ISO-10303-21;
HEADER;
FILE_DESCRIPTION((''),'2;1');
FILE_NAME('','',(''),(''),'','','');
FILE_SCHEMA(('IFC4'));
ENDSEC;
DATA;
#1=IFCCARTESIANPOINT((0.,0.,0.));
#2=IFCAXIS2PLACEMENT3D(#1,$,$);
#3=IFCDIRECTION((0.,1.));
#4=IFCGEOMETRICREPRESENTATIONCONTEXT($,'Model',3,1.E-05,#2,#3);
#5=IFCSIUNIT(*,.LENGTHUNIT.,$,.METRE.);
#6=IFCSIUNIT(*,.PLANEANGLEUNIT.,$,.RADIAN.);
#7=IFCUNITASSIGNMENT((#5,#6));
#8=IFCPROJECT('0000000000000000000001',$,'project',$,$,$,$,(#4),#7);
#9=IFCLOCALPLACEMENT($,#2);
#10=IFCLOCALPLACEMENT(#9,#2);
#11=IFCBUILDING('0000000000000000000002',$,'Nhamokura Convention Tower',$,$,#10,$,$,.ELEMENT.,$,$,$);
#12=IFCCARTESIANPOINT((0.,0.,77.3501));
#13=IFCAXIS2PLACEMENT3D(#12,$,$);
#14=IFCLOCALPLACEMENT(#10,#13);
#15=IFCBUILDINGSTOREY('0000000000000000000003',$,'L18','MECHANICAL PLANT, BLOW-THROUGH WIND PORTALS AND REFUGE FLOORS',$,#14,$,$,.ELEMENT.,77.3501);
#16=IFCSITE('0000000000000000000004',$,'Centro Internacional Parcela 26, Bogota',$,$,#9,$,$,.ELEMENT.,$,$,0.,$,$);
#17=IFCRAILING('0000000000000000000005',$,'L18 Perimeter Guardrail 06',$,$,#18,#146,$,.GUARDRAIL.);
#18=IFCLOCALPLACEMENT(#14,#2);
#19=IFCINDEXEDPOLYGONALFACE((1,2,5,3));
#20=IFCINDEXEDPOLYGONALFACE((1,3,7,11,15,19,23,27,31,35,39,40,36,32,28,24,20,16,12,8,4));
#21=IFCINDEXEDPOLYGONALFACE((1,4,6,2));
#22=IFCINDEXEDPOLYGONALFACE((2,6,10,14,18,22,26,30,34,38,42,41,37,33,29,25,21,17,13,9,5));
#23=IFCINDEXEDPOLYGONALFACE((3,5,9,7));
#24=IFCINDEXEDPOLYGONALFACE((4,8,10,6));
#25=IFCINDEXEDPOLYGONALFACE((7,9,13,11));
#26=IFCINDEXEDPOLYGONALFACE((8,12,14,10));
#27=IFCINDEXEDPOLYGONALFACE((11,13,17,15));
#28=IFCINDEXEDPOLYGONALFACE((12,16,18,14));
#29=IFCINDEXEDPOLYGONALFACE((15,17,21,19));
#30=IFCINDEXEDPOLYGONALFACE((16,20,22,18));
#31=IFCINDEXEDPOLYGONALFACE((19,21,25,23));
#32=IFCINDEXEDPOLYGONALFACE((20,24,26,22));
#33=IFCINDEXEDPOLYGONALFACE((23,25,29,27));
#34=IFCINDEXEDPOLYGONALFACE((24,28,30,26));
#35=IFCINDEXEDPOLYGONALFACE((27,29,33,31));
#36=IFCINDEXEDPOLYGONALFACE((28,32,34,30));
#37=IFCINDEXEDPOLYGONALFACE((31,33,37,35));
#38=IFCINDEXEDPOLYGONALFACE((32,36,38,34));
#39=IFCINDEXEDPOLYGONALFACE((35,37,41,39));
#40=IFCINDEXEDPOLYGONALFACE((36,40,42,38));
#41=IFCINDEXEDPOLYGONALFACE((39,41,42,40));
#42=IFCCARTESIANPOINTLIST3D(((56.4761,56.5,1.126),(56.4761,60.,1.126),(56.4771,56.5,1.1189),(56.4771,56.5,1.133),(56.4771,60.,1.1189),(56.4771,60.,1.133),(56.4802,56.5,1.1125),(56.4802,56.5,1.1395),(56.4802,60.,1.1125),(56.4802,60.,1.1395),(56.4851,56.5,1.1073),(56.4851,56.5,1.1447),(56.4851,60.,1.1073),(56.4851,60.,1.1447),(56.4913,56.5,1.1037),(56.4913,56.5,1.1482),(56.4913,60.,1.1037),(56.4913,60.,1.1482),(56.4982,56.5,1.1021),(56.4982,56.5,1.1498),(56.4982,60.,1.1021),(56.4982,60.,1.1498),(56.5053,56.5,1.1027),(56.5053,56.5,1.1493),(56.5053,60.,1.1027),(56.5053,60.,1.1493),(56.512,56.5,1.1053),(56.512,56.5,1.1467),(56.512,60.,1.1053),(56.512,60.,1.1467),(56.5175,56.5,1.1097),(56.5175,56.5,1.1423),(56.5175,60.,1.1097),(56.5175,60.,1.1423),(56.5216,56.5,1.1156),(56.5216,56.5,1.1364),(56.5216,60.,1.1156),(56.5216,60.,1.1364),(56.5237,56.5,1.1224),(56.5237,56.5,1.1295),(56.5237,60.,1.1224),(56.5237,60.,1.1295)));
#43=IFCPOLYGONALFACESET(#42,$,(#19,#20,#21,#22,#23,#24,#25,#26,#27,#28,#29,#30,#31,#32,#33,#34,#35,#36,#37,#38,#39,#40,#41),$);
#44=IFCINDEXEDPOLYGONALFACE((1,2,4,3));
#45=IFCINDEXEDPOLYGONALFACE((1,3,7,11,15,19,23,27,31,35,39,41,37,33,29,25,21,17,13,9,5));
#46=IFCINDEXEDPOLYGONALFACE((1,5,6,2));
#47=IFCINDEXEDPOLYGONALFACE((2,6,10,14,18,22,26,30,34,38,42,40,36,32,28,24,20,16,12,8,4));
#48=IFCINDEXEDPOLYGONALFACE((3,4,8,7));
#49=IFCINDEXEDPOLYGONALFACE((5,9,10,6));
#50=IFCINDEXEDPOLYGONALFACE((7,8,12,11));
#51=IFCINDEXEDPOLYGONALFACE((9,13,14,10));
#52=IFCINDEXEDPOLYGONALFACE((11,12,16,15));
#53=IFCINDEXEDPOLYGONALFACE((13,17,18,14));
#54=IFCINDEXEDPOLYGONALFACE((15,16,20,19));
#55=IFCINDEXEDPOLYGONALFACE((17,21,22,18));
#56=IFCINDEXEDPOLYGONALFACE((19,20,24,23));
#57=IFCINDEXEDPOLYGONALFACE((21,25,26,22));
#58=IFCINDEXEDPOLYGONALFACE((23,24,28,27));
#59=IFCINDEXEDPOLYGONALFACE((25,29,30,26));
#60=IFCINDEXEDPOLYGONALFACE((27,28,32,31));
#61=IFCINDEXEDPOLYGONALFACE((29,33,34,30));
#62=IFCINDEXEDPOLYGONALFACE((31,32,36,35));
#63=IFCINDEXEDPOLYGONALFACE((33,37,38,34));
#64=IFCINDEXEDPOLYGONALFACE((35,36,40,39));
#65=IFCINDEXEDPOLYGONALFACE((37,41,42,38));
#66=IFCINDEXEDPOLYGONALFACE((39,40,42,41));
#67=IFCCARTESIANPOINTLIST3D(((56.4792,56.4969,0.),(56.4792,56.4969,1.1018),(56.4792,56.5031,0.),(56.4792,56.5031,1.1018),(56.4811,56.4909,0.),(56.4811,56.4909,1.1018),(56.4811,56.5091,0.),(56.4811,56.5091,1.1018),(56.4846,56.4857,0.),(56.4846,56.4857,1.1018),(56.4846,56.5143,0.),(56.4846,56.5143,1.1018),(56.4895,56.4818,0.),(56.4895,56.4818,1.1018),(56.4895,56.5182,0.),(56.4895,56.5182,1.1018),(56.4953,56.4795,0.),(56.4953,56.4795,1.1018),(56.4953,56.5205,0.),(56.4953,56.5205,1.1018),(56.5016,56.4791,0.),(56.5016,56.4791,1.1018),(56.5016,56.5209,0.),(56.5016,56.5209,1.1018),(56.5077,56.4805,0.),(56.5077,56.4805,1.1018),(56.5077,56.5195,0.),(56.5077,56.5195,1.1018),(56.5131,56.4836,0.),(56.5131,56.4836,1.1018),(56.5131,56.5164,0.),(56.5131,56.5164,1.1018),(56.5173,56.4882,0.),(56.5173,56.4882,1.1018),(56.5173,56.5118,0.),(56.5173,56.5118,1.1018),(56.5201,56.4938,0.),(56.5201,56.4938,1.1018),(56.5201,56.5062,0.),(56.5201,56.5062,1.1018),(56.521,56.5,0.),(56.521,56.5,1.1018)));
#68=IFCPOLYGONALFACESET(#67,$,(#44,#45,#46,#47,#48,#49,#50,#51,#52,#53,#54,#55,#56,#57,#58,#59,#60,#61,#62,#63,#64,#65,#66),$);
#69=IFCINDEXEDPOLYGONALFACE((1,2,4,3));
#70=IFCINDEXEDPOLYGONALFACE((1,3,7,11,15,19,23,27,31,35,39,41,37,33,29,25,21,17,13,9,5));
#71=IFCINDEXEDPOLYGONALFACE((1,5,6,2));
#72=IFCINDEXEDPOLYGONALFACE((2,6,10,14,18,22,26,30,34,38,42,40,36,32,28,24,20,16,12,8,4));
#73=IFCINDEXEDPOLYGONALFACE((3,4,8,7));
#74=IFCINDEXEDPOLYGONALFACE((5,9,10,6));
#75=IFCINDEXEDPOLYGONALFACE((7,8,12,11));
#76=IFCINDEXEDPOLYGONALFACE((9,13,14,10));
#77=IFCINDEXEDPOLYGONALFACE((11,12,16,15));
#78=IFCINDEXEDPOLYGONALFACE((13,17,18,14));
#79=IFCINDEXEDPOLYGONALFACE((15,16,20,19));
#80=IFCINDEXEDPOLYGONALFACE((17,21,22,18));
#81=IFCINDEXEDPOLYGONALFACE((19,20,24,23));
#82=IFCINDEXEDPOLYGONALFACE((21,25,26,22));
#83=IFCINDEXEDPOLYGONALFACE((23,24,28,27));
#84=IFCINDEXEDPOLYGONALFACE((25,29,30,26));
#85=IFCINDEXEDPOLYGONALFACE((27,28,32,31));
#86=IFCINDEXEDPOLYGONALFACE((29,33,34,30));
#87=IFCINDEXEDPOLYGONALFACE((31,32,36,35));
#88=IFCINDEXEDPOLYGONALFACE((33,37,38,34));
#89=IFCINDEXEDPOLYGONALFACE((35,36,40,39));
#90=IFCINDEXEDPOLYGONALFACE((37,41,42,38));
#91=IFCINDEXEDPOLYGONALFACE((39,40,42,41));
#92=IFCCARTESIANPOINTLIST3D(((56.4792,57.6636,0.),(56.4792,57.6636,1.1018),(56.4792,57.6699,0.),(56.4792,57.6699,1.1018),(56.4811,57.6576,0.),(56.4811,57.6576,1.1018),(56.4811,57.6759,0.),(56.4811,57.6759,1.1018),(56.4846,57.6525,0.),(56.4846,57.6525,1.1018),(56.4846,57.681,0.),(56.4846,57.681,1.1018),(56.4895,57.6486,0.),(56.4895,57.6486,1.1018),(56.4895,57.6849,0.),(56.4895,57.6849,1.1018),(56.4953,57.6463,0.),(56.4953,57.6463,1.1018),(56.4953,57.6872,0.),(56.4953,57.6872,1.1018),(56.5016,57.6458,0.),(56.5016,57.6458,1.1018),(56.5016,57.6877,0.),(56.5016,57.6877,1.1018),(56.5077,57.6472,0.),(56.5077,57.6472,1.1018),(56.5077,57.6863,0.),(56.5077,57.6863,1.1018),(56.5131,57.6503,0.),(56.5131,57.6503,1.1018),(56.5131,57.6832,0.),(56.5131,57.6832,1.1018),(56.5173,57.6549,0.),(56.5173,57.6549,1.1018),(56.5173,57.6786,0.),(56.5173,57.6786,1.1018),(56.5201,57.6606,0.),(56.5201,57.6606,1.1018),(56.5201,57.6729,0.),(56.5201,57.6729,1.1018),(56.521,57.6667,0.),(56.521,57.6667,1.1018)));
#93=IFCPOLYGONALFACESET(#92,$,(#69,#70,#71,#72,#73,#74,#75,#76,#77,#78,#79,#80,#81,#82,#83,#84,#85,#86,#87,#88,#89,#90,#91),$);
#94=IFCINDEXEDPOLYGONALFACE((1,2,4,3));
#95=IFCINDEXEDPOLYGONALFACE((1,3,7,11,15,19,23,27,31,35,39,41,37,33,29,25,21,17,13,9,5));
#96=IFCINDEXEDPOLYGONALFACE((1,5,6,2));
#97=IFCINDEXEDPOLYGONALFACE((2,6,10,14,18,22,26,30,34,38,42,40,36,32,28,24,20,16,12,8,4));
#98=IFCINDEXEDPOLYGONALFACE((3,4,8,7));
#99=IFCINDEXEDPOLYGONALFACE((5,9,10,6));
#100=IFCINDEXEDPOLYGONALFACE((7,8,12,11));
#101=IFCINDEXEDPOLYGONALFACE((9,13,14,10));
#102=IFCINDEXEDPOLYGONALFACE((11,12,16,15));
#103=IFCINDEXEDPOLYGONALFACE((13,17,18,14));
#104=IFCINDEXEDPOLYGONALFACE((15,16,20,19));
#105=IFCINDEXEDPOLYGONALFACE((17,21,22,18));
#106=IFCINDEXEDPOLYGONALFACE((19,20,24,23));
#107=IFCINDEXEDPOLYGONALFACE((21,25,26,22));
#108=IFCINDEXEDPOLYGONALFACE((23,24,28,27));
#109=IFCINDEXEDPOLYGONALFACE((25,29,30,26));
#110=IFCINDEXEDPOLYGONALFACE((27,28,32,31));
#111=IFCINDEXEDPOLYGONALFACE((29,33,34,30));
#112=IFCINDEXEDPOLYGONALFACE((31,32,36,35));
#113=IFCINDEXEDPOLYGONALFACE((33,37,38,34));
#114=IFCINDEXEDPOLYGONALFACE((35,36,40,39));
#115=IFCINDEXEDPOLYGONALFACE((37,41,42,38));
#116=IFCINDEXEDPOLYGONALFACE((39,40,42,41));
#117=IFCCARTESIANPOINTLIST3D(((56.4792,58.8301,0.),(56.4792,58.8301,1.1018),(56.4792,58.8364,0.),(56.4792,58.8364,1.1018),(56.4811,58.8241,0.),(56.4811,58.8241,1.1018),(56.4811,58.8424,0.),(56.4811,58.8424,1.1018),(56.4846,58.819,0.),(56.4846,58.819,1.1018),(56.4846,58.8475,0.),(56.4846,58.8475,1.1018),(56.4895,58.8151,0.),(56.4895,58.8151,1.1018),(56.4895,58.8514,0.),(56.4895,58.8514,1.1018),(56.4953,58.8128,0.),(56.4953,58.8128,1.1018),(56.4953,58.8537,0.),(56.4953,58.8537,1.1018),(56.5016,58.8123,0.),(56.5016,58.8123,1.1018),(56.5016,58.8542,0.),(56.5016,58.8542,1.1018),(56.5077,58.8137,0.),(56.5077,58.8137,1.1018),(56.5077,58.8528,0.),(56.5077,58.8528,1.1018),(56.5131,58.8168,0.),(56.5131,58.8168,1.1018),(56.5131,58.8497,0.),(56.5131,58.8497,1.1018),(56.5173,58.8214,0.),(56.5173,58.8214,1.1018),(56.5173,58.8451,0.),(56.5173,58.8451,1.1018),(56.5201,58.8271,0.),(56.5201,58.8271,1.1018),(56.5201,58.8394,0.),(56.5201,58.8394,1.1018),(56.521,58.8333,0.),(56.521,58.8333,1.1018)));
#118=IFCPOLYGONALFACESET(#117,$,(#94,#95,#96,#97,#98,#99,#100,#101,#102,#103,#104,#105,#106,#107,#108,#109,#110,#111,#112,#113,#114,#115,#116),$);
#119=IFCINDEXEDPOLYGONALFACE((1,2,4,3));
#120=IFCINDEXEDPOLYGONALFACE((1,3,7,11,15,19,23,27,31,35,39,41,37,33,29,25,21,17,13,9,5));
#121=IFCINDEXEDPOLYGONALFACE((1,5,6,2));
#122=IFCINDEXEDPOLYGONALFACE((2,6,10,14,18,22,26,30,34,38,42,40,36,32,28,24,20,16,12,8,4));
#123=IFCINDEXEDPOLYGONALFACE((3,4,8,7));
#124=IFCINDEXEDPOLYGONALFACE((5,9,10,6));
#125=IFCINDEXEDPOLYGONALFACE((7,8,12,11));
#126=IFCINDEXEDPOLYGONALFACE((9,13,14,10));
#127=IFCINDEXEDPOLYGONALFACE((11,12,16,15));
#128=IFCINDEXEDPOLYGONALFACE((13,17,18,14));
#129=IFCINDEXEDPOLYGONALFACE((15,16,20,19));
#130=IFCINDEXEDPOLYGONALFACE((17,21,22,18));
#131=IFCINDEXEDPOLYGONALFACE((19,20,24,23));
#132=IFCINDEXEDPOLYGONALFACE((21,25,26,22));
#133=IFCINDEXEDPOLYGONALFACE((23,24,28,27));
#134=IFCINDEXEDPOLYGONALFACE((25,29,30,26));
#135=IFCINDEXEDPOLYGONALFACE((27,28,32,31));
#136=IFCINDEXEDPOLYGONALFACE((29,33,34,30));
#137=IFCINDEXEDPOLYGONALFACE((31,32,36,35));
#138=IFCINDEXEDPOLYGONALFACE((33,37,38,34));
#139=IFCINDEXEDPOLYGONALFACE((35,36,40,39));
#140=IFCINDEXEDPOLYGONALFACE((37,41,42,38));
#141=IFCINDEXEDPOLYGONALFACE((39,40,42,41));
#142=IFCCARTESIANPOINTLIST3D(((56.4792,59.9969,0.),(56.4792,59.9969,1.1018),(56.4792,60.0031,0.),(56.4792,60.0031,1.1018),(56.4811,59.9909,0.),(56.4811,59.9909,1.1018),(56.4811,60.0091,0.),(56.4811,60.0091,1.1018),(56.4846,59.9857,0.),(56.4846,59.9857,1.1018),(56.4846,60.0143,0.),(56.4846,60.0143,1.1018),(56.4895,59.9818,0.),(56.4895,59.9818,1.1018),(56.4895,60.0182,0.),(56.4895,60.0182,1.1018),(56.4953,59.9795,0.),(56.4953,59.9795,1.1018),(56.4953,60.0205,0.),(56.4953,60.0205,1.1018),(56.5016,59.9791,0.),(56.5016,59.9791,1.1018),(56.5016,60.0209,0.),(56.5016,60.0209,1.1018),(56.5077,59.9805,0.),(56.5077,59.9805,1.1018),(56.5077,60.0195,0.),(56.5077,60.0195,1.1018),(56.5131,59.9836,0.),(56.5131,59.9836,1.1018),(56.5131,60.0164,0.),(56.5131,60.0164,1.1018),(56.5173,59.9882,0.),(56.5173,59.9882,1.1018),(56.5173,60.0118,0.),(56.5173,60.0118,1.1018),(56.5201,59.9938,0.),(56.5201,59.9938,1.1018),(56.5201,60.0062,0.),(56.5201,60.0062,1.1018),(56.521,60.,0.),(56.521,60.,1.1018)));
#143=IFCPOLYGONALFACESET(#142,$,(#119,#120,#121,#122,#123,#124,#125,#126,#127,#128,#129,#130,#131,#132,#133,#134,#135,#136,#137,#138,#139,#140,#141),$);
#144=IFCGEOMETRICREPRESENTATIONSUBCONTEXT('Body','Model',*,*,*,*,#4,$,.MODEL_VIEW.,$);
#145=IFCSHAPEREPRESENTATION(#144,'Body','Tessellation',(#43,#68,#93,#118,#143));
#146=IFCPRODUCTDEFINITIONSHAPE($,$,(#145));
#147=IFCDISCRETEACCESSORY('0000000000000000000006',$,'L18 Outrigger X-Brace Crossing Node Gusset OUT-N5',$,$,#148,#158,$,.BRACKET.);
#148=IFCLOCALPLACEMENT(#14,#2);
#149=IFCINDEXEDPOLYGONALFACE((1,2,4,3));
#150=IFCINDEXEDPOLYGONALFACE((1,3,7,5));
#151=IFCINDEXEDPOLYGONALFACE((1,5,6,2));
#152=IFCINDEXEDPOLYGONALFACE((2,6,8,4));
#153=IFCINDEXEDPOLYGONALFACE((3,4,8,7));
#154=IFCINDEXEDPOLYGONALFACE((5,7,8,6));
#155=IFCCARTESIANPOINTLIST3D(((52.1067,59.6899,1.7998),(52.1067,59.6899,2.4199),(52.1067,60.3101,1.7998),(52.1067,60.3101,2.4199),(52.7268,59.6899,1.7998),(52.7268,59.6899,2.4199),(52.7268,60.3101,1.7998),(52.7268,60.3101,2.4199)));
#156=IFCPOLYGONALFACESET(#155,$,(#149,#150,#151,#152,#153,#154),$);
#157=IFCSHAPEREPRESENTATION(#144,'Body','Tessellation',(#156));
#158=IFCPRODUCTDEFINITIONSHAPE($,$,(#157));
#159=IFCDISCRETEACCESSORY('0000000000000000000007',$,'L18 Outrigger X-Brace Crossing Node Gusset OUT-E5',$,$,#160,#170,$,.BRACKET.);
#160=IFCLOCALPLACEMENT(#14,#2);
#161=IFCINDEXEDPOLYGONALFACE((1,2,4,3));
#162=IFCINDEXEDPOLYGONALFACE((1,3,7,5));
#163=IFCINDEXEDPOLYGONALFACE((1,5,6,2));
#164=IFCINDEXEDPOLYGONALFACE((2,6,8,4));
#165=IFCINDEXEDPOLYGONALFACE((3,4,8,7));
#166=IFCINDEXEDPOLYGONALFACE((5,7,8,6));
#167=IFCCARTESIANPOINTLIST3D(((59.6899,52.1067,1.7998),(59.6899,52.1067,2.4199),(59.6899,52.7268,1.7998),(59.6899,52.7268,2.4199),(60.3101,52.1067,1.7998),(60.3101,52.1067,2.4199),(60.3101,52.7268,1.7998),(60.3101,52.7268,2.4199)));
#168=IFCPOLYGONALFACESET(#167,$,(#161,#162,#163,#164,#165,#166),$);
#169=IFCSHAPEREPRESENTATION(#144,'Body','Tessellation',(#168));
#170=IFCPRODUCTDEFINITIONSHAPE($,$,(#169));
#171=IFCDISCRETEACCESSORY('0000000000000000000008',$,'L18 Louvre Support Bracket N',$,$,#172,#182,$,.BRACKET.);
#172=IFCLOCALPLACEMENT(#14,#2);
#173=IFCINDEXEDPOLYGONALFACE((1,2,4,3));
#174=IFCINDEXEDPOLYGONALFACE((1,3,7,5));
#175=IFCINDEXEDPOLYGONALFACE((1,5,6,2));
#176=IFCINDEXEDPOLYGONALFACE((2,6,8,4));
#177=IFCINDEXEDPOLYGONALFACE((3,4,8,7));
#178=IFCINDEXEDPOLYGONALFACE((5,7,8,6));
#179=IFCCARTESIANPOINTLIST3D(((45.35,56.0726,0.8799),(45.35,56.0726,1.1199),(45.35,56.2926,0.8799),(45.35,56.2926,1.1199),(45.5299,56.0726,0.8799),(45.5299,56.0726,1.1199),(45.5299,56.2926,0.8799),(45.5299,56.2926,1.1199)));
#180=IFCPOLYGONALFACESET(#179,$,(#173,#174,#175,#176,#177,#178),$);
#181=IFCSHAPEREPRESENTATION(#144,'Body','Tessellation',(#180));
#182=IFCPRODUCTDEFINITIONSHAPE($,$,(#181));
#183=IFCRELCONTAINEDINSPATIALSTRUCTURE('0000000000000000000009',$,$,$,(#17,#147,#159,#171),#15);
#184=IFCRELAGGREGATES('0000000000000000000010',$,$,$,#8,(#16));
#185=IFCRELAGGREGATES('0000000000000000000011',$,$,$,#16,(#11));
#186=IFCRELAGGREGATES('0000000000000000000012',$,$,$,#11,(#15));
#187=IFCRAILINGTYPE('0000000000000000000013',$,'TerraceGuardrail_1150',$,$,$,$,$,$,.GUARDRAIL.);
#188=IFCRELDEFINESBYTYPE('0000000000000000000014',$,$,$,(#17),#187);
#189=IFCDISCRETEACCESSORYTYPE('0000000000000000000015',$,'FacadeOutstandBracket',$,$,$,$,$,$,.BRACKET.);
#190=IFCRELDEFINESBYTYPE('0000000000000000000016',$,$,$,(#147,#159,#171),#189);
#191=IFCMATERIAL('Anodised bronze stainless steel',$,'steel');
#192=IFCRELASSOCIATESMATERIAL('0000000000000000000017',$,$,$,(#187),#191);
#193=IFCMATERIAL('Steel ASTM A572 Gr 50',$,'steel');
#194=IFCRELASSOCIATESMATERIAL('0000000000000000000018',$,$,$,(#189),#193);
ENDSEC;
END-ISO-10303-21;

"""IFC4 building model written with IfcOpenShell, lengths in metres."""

from ifc_helpers import new_model, si_unit, direction, frame, origin, origin_2d, place, context, subcontext, project, spatial, rectangle, circle, extrude, material, type_object, element, save


model = new_model("IFC4")

# Units and contexts
model_context = context("Model", 3, precision=1e-05, world=origin(), true_north=direction((0.0, 1.0)))
body_context = subcontext(model_context, "Body", "Model", "MODEL_VIEW")
ifc_project = project(units=[si_unit("LENGTHUNIT", "METRE"), si_unit("PLANEANGLEUNIT", "RADIAN")], contexts=[model_context])

# Site, building, storey
site_placement = place(None, origin())
site = spatial("IfcSite", under=ifc_project, at=site_placement, Name="Centro Internacional Parcela 26, Bogota", CompositionType="ELEMENT", RefElevation=0.0)
building_placement = place(site_placement, origin())
building = spatial("IfcBuilding", under=site, at=building_placement, Name="Nhamokura Convention Tower", CompositionType="ELEMENT")
storey_placement = place(building_placement, frame((0.0, 0.0, 77.3501)))
storey = spatial("IfcBuildingStorey", under=building, at=storey_placement, Name="L18", Description="MECHANICAL PLANT, BLOW-THROUGH WIND PORTALS AND REFUGE FLOORS", CompositionType="ELEMENT", Elevation=77.3501)

# Railing
ifc_material_1 = material(Name="Anodised bronze stainless steel", Category="steel")
railing_type = type_object("IfcRailingType", Name="TerraceGuardrail_1150", PredefinedType="GUARDRAIL", material=ifc_material_1)
railing_1_placement = place(storey_placement, frame((56.5, 56.5, 0.0)))
element("IfcRailing", 1, at=railing_1_placement, inside=storey, type_object=railing_type, Name="L18 Perimeter Guardrail 06", PredefinedType="GUARDRAIL", context=body_context, shape_type="SweptSolid", body=[
    extrude(circle(Radius=0.0239, at=origin_2d()), frame((0.0, 0.0, 1.126), z_axis=(0.0, 1.0, 0.0), x_axis=(-1.0, 0.0, 0.0)), (0.0, 0.0, 1.0), 3.5),
    extrude(circle(Radius=0.021, at=origin_2d()), origin(), (0.0, 0.0, 1.0), 1.1018),
    extrude(circle(Radius=0.021, at=origin_2d()), frame((0.0, 1.1667, 0.0)), (0.0, 0.0, 1.0), 1.1018),
    extrude(circle(Radius=0.021, at=origin_2d()), frame((0.0, 2.3333, 0.0)), (0.0, 0.0, 1.0), 1.1018),
    extrude(circle(Radius=0.021, at=origin_2d()), frame((0.0, 3.5, 0.0)), (0.0, 0.0, 1.0), 1.1018),
])

# Discrete accessories
ifc_material_2 = material(Name="Steel ASTM A572 Gr 50", Category="steel")
discrete_accessory_type = type_object("IfcDiscreteAccessoryType", Name="FacadeOutstandBracket", PredefinedType="BRACKET", material=ifc_material_2)
for number, where, z_axis, x_axis, name in (
    (2, (52.4167, 60.0, 1.7998), (0.0, 0.0, 1.0), (1.0, 0.0, 0.0), "L18 Outrigger X-Brace Crossing Node Gusset OUT-N5"),
    (3, (60.0, 52.4167, 1.7998), (0.0, 0.0, 1.0), (1.0, 0.0, 0.0), "L18 Outrigger X-Brace Crossing Node Gusset OUT-E5"),
):
    element("IfcDiscreteAccessory", number, at=place(storey_placement, frame(where, z_axis=z_axis, x_axis=x_axis)), inside=storey, type_object=discrete_accessory_type, Name=name, PredefinedType="BRACKET", context=body_context, shape_type="SweptSolid", body=[
        extrude(rectangle(XDim=0.6201, YDim=0.6201, at=origin_2d()), origin(), (0.0, 0.0, 1.0), 0.6201),
    ])
discrete_accessory_placement = place(storey_placement, frame((45.4399, 56.1826, 0.8799), z_axis=(0.0, 0.0, 1.0), x_axis=(1.0, 0.0, 0.0)))
element("IfcDiscreteAccessory", 4, at=discrete_accessory_placement, inside=storey, type_object=discrete_accessory_type, Name="L18 Louvre Support Bracket N", PredefinedType="BRACKET", context=body_context, shape_type="SweptSolid", body=[
    extrude(rectangle(XDim=0.1799, YDim=0.22, at=origin_2d()), origin(), (0.0, 0.0, 1.0), 0.24),
])

save(model, "model.ifc")
